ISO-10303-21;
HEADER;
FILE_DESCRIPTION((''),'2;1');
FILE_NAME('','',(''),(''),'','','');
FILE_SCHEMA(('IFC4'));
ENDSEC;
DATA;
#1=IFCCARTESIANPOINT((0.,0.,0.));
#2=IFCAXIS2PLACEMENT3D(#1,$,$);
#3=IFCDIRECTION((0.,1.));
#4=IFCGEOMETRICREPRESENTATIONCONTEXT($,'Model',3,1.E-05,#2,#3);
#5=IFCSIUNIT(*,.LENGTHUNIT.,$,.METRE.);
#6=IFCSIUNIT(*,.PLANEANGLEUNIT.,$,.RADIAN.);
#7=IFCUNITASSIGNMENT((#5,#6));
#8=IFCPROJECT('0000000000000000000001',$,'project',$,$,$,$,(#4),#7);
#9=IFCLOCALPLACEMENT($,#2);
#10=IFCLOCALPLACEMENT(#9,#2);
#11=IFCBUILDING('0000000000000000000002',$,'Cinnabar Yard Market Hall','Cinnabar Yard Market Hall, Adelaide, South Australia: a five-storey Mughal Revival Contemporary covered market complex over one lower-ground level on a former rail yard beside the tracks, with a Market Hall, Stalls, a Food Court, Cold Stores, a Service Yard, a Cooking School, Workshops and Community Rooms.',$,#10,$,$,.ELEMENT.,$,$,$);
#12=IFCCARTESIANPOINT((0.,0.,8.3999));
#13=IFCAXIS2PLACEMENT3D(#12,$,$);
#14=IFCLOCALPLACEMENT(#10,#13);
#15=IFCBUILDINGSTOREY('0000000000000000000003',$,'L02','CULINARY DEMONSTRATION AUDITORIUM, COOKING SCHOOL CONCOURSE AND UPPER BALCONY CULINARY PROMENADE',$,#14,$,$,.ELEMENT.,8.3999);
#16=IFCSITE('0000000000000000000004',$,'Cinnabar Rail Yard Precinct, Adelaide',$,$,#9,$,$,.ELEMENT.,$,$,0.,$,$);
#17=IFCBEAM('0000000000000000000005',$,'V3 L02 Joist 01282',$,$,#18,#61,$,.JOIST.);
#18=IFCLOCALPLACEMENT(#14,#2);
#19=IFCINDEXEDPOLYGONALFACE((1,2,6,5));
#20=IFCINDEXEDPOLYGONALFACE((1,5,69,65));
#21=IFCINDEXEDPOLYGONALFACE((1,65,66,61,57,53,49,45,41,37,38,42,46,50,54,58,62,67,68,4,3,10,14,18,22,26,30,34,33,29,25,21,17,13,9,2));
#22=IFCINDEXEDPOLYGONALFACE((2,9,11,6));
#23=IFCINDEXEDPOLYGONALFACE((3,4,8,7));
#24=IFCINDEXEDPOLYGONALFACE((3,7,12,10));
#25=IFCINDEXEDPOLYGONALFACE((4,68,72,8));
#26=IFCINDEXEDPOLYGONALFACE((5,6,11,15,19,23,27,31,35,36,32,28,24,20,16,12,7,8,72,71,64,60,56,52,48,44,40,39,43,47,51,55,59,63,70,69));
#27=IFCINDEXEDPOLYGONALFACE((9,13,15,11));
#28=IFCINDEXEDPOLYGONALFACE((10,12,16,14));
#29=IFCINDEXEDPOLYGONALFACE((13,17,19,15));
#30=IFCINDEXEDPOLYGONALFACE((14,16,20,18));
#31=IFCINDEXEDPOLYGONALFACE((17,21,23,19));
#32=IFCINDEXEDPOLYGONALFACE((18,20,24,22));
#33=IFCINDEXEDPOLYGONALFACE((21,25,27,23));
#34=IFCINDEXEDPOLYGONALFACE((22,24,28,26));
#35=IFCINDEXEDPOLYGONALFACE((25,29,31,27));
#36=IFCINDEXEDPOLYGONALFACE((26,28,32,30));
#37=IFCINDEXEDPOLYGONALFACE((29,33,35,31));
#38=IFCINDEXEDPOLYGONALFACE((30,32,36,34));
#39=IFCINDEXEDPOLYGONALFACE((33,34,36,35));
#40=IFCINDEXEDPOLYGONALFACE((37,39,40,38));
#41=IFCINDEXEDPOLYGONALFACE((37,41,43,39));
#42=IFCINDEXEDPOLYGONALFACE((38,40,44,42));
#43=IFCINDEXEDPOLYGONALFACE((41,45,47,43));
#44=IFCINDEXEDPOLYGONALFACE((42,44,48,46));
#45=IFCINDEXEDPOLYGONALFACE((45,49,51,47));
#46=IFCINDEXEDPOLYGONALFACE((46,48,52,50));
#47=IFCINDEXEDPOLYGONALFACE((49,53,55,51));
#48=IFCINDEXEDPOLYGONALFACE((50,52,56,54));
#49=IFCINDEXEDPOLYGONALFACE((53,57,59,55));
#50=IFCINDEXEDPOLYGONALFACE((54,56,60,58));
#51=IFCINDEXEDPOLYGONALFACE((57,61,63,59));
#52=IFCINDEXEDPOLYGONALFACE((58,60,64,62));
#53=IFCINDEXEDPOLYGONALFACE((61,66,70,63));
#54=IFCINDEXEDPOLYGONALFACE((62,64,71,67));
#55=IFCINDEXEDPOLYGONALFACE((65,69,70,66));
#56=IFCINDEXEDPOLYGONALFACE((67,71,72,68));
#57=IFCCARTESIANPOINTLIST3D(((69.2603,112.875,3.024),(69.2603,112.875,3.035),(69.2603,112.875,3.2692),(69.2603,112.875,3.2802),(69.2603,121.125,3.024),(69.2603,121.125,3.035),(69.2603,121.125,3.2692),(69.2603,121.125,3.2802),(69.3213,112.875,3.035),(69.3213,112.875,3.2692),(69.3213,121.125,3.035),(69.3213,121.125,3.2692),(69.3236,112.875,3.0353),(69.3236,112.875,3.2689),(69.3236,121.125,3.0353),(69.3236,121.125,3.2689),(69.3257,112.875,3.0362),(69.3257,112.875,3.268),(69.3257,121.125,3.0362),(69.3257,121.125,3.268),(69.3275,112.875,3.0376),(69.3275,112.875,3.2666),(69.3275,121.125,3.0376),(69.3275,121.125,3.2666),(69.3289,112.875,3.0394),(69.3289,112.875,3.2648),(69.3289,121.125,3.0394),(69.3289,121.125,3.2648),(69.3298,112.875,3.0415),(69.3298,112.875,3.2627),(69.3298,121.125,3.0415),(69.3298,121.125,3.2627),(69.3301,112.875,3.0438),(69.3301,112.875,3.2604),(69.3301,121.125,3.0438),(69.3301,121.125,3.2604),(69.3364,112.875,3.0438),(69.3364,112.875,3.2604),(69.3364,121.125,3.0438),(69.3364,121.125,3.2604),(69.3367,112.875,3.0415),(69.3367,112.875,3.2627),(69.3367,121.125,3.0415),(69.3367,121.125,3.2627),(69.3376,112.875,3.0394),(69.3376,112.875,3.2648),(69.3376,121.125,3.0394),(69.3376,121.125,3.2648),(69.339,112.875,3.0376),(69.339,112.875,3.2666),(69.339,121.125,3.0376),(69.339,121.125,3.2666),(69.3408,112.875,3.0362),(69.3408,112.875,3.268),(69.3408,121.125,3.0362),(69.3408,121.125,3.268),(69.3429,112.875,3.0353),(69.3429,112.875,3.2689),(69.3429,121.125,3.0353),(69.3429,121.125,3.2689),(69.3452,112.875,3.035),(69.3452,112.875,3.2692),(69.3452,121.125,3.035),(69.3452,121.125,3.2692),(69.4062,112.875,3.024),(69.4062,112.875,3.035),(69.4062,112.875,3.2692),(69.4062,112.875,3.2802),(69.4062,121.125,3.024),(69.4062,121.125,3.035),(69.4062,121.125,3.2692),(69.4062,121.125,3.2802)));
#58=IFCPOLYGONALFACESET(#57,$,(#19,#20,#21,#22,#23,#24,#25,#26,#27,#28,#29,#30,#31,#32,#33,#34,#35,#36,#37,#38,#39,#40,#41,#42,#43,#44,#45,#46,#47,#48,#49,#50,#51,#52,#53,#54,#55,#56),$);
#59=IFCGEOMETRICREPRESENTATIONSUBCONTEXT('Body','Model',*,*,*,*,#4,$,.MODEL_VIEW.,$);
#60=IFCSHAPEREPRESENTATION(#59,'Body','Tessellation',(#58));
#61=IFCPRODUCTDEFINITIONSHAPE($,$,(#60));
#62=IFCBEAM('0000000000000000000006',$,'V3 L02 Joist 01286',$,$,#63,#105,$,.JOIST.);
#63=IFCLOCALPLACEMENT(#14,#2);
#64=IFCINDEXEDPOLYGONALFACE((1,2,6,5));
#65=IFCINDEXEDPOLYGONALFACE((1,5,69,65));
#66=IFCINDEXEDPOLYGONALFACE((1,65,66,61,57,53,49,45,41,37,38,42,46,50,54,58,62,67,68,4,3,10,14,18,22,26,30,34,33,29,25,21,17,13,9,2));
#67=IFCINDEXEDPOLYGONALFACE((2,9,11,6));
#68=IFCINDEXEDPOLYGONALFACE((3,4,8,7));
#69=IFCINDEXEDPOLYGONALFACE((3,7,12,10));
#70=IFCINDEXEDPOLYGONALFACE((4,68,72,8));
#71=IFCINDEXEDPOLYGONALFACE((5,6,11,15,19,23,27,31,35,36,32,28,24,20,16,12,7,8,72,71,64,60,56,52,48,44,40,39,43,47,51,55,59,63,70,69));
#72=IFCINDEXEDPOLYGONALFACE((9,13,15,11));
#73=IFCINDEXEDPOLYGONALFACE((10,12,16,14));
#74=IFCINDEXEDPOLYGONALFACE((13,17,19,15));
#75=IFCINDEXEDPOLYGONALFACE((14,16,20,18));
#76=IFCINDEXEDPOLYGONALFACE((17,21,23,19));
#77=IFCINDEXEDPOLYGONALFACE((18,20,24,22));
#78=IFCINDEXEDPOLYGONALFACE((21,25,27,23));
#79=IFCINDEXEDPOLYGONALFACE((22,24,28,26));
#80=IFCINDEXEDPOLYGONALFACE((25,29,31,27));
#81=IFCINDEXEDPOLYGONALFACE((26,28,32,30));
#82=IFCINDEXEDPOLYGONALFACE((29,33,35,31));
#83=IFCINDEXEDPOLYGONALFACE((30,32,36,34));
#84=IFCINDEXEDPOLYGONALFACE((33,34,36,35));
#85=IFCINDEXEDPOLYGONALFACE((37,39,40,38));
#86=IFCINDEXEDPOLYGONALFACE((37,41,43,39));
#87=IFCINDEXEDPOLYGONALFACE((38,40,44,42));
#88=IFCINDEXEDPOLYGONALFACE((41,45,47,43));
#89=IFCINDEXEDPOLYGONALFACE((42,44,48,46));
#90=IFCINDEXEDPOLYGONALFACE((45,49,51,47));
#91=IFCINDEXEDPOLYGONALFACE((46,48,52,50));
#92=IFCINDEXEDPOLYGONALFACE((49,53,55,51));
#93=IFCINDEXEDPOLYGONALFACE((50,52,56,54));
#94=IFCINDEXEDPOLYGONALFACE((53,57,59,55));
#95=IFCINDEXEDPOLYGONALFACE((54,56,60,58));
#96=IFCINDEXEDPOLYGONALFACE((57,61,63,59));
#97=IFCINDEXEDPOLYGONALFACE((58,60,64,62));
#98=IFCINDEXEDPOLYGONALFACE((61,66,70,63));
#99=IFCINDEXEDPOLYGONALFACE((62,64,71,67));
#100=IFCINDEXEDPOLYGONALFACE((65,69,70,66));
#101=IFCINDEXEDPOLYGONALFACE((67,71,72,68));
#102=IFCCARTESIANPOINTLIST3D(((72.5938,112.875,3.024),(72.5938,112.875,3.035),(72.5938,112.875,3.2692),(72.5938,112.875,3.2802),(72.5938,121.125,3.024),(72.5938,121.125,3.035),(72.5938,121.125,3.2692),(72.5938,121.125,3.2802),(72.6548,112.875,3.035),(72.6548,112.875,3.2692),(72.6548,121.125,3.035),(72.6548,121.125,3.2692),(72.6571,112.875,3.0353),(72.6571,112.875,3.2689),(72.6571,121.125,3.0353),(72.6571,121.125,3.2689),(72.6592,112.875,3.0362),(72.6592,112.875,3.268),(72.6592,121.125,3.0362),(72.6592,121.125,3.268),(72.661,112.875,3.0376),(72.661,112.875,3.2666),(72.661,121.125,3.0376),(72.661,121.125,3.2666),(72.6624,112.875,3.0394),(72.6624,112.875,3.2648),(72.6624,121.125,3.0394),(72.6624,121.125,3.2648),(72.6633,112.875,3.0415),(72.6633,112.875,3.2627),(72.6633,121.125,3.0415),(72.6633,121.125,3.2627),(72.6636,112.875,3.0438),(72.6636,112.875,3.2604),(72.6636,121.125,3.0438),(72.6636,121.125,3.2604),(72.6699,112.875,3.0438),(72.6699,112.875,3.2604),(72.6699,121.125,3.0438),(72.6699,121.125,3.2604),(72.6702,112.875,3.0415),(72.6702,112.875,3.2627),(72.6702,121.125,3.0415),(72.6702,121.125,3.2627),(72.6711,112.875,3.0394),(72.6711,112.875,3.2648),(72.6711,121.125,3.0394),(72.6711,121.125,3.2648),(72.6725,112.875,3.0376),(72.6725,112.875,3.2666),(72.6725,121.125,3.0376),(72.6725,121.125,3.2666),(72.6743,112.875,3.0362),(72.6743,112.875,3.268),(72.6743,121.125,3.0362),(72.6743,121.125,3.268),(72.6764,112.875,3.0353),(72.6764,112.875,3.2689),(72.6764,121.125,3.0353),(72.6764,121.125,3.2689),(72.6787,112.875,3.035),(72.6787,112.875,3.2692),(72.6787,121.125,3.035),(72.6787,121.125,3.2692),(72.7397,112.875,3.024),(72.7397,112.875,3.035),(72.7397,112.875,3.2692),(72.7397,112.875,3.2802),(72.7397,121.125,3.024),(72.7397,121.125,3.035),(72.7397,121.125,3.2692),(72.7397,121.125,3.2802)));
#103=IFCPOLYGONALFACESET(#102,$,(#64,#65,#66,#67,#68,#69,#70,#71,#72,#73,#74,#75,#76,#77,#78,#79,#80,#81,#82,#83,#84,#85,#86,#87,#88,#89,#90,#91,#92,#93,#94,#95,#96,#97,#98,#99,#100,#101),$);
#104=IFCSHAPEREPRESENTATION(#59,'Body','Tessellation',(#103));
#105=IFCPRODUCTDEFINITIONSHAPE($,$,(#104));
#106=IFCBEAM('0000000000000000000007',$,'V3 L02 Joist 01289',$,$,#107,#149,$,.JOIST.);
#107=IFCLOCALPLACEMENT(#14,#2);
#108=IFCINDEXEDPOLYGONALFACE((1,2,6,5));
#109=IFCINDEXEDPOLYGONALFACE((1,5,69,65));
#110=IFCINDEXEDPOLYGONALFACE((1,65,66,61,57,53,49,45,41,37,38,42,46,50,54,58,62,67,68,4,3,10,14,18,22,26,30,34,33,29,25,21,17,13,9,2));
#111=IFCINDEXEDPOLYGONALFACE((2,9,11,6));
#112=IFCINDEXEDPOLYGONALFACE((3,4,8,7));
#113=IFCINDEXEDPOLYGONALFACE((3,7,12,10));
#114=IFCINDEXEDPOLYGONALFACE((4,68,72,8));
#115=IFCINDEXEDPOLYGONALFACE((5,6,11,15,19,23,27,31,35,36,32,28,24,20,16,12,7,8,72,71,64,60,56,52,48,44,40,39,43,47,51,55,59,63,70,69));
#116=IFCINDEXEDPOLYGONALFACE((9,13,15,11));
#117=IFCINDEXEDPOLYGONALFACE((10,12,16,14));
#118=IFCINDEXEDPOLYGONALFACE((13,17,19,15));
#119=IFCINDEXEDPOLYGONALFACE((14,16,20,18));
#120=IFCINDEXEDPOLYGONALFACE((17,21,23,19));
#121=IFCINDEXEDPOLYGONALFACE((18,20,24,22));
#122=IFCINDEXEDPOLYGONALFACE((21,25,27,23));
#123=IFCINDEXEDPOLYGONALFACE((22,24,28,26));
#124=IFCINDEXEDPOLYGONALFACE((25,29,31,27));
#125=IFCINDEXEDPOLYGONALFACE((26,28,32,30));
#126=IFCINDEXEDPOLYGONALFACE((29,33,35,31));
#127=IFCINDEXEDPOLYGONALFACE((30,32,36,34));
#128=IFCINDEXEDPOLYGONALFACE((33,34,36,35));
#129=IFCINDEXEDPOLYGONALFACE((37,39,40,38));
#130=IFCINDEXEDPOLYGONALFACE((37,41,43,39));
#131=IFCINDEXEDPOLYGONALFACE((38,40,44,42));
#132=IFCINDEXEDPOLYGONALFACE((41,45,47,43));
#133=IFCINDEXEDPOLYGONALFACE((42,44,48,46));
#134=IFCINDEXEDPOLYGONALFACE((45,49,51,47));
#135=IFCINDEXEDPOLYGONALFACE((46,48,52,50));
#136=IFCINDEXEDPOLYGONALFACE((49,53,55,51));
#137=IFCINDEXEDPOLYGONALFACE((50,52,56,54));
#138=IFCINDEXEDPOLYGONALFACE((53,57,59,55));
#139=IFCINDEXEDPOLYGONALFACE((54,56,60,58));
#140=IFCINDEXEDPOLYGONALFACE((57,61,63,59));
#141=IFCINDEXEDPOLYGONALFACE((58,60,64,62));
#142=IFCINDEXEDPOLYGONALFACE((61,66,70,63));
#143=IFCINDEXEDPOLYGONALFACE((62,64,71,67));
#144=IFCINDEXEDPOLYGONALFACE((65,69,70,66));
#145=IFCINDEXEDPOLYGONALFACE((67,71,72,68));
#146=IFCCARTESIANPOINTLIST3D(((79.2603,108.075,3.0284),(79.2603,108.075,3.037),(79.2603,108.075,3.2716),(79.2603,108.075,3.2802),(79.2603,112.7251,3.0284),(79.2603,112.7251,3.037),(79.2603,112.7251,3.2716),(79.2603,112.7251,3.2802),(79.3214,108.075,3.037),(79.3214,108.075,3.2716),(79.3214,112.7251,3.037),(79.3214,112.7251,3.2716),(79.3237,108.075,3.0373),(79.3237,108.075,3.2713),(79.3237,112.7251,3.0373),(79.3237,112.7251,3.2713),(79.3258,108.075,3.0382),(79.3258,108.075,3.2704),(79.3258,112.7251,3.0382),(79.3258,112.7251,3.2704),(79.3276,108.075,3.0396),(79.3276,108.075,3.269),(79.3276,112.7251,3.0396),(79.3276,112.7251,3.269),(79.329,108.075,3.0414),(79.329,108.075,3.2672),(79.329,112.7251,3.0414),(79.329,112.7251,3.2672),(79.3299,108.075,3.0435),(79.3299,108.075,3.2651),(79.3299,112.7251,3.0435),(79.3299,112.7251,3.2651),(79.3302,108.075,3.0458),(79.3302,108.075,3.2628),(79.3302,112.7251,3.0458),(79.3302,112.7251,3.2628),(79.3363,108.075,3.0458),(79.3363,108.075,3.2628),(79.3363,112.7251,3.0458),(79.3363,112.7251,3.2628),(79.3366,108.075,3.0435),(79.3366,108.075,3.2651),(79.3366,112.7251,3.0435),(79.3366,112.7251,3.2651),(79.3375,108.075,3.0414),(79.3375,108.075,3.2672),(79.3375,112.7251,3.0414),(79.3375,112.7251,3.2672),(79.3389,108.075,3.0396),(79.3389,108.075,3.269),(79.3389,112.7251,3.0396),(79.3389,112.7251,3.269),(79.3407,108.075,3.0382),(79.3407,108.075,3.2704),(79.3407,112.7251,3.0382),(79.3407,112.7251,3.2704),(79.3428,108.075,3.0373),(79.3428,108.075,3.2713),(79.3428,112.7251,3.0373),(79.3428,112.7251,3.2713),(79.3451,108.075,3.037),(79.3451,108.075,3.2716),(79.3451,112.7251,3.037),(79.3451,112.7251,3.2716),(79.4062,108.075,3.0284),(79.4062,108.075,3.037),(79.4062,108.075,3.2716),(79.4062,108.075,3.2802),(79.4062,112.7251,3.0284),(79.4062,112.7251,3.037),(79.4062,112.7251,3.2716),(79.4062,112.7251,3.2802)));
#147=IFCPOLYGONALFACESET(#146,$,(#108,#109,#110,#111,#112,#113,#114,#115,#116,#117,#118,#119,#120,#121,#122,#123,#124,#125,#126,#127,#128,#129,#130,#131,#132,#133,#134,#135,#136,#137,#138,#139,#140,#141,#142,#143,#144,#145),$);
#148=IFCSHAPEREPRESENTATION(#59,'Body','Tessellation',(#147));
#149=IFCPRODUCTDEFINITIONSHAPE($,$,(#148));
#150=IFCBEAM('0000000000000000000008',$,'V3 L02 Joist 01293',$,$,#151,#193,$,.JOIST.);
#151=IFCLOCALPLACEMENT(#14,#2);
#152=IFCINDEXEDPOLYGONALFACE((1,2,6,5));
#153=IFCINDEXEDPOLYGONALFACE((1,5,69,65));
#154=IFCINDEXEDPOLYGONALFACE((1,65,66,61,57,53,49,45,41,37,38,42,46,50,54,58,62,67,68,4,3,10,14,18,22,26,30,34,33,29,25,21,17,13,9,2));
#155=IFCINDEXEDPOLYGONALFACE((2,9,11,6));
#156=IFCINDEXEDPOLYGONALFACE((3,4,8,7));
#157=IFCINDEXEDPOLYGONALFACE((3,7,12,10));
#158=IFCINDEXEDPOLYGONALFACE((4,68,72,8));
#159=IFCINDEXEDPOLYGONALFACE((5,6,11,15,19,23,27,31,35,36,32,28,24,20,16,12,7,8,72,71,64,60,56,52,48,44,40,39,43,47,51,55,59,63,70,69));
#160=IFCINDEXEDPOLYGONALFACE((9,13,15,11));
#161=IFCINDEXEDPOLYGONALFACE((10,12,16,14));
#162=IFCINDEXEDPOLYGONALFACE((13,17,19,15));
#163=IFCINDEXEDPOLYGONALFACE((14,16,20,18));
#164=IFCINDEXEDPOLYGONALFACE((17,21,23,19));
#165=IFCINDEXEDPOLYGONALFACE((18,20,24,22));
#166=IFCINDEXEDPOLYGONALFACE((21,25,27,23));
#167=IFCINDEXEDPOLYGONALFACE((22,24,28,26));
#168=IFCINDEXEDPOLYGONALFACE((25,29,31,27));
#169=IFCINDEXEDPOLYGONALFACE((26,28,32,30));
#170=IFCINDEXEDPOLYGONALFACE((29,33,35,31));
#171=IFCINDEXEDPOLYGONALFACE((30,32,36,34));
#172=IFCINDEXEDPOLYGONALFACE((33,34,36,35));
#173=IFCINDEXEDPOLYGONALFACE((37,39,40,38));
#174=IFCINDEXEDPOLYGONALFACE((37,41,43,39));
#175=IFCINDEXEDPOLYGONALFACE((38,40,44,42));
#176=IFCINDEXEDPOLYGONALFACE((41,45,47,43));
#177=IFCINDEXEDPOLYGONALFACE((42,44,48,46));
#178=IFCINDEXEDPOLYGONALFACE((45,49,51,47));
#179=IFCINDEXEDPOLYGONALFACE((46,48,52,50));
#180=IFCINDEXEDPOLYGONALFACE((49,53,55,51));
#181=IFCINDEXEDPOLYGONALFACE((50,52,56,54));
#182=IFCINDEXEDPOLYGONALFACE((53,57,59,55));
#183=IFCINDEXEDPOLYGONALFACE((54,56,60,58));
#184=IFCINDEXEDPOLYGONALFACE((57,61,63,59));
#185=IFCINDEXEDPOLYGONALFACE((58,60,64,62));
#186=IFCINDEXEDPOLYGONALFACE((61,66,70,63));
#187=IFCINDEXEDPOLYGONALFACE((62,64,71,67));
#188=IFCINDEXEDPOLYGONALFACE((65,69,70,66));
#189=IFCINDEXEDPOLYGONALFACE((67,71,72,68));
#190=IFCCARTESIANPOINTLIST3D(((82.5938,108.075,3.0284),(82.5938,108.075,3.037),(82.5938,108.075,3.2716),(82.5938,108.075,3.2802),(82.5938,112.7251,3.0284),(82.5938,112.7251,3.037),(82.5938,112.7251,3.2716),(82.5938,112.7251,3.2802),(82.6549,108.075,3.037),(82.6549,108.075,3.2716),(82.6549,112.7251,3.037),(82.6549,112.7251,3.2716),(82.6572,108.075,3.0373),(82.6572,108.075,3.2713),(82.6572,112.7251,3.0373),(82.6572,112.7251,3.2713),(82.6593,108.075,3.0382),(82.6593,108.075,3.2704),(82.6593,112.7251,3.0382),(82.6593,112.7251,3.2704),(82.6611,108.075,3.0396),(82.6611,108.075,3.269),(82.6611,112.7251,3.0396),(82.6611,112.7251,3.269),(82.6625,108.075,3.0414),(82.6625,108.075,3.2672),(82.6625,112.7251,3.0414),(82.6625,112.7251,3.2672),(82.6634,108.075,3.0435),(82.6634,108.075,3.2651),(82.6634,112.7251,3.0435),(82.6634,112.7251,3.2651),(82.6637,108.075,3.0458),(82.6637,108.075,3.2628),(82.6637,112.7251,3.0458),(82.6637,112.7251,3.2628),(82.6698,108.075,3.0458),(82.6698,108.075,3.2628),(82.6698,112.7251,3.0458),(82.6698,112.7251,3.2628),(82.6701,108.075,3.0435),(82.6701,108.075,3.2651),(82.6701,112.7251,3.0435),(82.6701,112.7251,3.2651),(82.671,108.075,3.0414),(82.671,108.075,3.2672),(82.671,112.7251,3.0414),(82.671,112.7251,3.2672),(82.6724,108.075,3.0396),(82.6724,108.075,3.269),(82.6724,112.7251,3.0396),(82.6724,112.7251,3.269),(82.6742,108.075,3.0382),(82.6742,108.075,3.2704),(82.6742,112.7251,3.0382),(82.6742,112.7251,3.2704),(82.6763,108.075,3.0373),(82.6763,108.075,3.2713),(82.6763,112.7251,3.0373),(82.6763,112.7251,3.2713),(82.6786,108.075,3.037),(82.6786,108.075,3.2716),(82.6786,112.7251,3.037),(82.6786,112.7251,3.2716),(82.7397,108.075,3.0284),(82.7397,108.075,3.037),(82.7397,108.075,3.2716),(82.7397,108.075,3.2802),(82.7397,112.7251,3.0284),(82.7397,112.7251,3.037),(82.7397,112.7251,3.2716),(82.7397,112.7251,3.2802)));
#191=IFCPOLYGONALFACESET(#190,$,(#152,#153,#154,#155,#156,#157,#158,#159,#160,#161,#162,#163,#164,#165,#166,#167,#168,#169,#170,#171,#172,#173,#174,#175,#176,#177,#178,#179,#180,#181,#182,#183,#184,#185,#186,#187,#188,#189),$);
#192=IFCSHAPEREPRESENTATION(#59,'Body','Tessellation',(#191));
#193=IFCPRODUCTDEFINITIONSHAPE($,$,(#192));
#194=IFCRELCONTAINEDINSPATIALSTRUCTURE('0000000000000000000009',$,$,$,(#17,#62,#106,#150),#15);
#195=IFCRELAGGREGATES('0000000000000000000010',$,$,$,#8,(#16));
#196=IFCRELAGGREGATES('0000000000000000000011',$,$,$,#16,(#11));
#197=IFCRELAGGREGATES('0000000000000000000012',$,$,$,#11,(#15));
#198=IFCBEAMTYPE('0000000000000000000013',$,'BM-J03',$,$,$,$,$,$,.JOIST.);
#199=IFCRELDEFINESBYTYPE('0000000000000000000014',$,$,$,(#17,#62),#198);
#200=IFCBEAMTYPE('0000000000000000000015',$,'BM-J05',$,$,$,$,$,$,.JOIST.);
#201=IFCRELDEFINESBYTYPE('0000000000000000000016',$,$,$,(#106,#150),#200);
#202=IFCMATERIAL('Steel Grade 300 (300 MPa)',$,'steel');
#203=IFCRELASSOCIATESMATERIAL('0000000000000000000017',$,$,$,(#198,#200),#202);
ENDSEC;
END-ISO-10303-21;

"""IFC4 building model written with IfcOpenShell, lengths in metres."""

from ifc_helpers import new_model, si_unit, direction, frame, origin, origin_2d_with_axis, place, context, subcontext, project, spatial, i_section, extrude, material, material_profile, profile_set, type_object, element, save


model = new_model("IFC4")

# Units and contexts
model_context = context("Model", 3, precision=1e-05, world=origin(), true_north=direction((0.0, 1.0)))
body_context = subcontext(model_context, "Body", "Model", "MODEL_VIEW")
ifc_project = project(units=[si_unit("LENGTHUNIT", "METRE"), si_unit("PLANEANGLEUNIT", "RADIAN")], contexts=[model_context])

# Site, building, storey
site_placement = place(None, origin())
site = spatial("IfcSite", under=ifc_project, at=site_placement, Name="Cinnabar Rail Yard Precinct, Adelaide", CompositionType="ELEMENT", RefElevation=0.0)
building_placement = place(site_placement, origin())
building = spatial("IfcBuilding", under=site, at=building_placement, Name="Cinnabar Yard Market Hall", Description="Cinnabar Yard Market Hall, Adelaide, South Australia: a five-storey Mughal Revival Contemporary covered market complex over one lower-ground level on a former rail yard beside the tracks, with a Market Hall, Stalls, a Food Court, Cold Stores, a Service Yard, a Cooking School, Workshops and Community Rooms.", CompositionType="ELEMENT")
storey_placement = place(building_placement, frame((0.0, 0.0, 8.3999)))
storey = spatial("IfcBuildingStorey", under=building, at=storey_placement, Name="L02", Description="CULINARY DEMONSTRATION AUDITORIUM, COOKING SCHOOL CONCOURSE AND UPPER BALCONY CULINARY PROMENADE", CompositionType="ELEMENT", Elevation=8.3999)

# Shared definitions
ifc_material_1 = material(Name="Steel Grade 300 (300 MPa)", Category="steel")

# Beams
ifc_material_profile_1 = material_profile(ifc_material_1, i_section(OverallWidth=0.146, OverallDepth=0.2561, WebThickness=0.0063, FlangeThickness=0.011, FilletRadius=0.0088, at=origin_2d_with_axis()), Name="250UB37.3")
ifc_profile_set_1 = profile_set([ifc_material_profile_1], Name="Steel Grade 300 (300 MPa)")
beam_type_1 = type_object("IfcBeamType", Name="BM-J03", PredefinedType="JOIST", material=ifc_profile_set_1)
for number, where, z_axis, x_axis, name in (
    (1, (69.3333, 112.875, 3.1521), (0.0, 1.0, 0.0), (-1.0, 0.0, 0.0), "V3 L02 Joist 01282"),
    (2, (72.6667, 112.875, 3.1521), (0.0, 1.0, 0.0), (-1.0, 0.0, 0.0), "V3 L02 Joist 01286"),
):
    element("IfcBeam", number, at=place(storey_placement, frame(where, z_axis=z_axis, x_axis=x_axis)), inside=storey, type_object=beam_type_1, Name=name, PredefinedType="JOIST", context=body_context, shape_type="SweptSolid", body=[
        extrude(i_section(OverallWidth=0.146, OverallDepth=0.2561, WebThickness=0.0063, FlangeThickness=0.011, FilletRadius=0.0088, at=origin_2d_with_axis()), origin(), (0.0, 0.0, 1.0), 8.25),
    ])
ifc_material_profile_2 = material_profile(ifc_material_1, i_section(OverallWidth=0.146, OverallDepth=0.2517, WebThickness=0.0061, FlangeThickness=0.0085, FilletRadius=0.0088, at=origin_2d_with_axis()), Name="250UB31.4")
ifc_profile_set_2 = profile_set([ifc_material_profile_2], Name="Steel Grade 300 (300 MPa)")
beam_type_2 = type_object("IfcBeamType", Name="BM-J05", PredefinedType="JOIST", material=ifc_profile_set_2)
for number, where, z_axis, x_axis, name in (
    (3, (79.3333, 108.075, 3.1543), (0.0, 1.0, 0.0), (-1.0, 0.0, 0.0), "V3 L02 Joist 01289"),
    (4, (82.6667, 108.075, 3.1543), (0.0, 1.0, 0.0), (-1.0, 0.0, 0.0), "V3 L02 Joist 01293"),
):
    element("IfcBeam", number, at=place(storey_placement, frame(where, z_axis=z_axis, x_axis=x_axis)), inside=storey, type_object=beam_type_2, Name=name, PredefinedType="JOIST", context=body_context, shape_type="SweptSolid", body=[
        extrude(i_section(OverallWidth=0.146, OverallDepth=0.2517, WebThickness=0.0061, FlangeThickness=0.0085, FilletRadius=0.0088, at=origin_2d_with_axis()), origin(), (0.0, 0.0, 1.0), 4.6501),
    ])

save(model, "model.ifc")
